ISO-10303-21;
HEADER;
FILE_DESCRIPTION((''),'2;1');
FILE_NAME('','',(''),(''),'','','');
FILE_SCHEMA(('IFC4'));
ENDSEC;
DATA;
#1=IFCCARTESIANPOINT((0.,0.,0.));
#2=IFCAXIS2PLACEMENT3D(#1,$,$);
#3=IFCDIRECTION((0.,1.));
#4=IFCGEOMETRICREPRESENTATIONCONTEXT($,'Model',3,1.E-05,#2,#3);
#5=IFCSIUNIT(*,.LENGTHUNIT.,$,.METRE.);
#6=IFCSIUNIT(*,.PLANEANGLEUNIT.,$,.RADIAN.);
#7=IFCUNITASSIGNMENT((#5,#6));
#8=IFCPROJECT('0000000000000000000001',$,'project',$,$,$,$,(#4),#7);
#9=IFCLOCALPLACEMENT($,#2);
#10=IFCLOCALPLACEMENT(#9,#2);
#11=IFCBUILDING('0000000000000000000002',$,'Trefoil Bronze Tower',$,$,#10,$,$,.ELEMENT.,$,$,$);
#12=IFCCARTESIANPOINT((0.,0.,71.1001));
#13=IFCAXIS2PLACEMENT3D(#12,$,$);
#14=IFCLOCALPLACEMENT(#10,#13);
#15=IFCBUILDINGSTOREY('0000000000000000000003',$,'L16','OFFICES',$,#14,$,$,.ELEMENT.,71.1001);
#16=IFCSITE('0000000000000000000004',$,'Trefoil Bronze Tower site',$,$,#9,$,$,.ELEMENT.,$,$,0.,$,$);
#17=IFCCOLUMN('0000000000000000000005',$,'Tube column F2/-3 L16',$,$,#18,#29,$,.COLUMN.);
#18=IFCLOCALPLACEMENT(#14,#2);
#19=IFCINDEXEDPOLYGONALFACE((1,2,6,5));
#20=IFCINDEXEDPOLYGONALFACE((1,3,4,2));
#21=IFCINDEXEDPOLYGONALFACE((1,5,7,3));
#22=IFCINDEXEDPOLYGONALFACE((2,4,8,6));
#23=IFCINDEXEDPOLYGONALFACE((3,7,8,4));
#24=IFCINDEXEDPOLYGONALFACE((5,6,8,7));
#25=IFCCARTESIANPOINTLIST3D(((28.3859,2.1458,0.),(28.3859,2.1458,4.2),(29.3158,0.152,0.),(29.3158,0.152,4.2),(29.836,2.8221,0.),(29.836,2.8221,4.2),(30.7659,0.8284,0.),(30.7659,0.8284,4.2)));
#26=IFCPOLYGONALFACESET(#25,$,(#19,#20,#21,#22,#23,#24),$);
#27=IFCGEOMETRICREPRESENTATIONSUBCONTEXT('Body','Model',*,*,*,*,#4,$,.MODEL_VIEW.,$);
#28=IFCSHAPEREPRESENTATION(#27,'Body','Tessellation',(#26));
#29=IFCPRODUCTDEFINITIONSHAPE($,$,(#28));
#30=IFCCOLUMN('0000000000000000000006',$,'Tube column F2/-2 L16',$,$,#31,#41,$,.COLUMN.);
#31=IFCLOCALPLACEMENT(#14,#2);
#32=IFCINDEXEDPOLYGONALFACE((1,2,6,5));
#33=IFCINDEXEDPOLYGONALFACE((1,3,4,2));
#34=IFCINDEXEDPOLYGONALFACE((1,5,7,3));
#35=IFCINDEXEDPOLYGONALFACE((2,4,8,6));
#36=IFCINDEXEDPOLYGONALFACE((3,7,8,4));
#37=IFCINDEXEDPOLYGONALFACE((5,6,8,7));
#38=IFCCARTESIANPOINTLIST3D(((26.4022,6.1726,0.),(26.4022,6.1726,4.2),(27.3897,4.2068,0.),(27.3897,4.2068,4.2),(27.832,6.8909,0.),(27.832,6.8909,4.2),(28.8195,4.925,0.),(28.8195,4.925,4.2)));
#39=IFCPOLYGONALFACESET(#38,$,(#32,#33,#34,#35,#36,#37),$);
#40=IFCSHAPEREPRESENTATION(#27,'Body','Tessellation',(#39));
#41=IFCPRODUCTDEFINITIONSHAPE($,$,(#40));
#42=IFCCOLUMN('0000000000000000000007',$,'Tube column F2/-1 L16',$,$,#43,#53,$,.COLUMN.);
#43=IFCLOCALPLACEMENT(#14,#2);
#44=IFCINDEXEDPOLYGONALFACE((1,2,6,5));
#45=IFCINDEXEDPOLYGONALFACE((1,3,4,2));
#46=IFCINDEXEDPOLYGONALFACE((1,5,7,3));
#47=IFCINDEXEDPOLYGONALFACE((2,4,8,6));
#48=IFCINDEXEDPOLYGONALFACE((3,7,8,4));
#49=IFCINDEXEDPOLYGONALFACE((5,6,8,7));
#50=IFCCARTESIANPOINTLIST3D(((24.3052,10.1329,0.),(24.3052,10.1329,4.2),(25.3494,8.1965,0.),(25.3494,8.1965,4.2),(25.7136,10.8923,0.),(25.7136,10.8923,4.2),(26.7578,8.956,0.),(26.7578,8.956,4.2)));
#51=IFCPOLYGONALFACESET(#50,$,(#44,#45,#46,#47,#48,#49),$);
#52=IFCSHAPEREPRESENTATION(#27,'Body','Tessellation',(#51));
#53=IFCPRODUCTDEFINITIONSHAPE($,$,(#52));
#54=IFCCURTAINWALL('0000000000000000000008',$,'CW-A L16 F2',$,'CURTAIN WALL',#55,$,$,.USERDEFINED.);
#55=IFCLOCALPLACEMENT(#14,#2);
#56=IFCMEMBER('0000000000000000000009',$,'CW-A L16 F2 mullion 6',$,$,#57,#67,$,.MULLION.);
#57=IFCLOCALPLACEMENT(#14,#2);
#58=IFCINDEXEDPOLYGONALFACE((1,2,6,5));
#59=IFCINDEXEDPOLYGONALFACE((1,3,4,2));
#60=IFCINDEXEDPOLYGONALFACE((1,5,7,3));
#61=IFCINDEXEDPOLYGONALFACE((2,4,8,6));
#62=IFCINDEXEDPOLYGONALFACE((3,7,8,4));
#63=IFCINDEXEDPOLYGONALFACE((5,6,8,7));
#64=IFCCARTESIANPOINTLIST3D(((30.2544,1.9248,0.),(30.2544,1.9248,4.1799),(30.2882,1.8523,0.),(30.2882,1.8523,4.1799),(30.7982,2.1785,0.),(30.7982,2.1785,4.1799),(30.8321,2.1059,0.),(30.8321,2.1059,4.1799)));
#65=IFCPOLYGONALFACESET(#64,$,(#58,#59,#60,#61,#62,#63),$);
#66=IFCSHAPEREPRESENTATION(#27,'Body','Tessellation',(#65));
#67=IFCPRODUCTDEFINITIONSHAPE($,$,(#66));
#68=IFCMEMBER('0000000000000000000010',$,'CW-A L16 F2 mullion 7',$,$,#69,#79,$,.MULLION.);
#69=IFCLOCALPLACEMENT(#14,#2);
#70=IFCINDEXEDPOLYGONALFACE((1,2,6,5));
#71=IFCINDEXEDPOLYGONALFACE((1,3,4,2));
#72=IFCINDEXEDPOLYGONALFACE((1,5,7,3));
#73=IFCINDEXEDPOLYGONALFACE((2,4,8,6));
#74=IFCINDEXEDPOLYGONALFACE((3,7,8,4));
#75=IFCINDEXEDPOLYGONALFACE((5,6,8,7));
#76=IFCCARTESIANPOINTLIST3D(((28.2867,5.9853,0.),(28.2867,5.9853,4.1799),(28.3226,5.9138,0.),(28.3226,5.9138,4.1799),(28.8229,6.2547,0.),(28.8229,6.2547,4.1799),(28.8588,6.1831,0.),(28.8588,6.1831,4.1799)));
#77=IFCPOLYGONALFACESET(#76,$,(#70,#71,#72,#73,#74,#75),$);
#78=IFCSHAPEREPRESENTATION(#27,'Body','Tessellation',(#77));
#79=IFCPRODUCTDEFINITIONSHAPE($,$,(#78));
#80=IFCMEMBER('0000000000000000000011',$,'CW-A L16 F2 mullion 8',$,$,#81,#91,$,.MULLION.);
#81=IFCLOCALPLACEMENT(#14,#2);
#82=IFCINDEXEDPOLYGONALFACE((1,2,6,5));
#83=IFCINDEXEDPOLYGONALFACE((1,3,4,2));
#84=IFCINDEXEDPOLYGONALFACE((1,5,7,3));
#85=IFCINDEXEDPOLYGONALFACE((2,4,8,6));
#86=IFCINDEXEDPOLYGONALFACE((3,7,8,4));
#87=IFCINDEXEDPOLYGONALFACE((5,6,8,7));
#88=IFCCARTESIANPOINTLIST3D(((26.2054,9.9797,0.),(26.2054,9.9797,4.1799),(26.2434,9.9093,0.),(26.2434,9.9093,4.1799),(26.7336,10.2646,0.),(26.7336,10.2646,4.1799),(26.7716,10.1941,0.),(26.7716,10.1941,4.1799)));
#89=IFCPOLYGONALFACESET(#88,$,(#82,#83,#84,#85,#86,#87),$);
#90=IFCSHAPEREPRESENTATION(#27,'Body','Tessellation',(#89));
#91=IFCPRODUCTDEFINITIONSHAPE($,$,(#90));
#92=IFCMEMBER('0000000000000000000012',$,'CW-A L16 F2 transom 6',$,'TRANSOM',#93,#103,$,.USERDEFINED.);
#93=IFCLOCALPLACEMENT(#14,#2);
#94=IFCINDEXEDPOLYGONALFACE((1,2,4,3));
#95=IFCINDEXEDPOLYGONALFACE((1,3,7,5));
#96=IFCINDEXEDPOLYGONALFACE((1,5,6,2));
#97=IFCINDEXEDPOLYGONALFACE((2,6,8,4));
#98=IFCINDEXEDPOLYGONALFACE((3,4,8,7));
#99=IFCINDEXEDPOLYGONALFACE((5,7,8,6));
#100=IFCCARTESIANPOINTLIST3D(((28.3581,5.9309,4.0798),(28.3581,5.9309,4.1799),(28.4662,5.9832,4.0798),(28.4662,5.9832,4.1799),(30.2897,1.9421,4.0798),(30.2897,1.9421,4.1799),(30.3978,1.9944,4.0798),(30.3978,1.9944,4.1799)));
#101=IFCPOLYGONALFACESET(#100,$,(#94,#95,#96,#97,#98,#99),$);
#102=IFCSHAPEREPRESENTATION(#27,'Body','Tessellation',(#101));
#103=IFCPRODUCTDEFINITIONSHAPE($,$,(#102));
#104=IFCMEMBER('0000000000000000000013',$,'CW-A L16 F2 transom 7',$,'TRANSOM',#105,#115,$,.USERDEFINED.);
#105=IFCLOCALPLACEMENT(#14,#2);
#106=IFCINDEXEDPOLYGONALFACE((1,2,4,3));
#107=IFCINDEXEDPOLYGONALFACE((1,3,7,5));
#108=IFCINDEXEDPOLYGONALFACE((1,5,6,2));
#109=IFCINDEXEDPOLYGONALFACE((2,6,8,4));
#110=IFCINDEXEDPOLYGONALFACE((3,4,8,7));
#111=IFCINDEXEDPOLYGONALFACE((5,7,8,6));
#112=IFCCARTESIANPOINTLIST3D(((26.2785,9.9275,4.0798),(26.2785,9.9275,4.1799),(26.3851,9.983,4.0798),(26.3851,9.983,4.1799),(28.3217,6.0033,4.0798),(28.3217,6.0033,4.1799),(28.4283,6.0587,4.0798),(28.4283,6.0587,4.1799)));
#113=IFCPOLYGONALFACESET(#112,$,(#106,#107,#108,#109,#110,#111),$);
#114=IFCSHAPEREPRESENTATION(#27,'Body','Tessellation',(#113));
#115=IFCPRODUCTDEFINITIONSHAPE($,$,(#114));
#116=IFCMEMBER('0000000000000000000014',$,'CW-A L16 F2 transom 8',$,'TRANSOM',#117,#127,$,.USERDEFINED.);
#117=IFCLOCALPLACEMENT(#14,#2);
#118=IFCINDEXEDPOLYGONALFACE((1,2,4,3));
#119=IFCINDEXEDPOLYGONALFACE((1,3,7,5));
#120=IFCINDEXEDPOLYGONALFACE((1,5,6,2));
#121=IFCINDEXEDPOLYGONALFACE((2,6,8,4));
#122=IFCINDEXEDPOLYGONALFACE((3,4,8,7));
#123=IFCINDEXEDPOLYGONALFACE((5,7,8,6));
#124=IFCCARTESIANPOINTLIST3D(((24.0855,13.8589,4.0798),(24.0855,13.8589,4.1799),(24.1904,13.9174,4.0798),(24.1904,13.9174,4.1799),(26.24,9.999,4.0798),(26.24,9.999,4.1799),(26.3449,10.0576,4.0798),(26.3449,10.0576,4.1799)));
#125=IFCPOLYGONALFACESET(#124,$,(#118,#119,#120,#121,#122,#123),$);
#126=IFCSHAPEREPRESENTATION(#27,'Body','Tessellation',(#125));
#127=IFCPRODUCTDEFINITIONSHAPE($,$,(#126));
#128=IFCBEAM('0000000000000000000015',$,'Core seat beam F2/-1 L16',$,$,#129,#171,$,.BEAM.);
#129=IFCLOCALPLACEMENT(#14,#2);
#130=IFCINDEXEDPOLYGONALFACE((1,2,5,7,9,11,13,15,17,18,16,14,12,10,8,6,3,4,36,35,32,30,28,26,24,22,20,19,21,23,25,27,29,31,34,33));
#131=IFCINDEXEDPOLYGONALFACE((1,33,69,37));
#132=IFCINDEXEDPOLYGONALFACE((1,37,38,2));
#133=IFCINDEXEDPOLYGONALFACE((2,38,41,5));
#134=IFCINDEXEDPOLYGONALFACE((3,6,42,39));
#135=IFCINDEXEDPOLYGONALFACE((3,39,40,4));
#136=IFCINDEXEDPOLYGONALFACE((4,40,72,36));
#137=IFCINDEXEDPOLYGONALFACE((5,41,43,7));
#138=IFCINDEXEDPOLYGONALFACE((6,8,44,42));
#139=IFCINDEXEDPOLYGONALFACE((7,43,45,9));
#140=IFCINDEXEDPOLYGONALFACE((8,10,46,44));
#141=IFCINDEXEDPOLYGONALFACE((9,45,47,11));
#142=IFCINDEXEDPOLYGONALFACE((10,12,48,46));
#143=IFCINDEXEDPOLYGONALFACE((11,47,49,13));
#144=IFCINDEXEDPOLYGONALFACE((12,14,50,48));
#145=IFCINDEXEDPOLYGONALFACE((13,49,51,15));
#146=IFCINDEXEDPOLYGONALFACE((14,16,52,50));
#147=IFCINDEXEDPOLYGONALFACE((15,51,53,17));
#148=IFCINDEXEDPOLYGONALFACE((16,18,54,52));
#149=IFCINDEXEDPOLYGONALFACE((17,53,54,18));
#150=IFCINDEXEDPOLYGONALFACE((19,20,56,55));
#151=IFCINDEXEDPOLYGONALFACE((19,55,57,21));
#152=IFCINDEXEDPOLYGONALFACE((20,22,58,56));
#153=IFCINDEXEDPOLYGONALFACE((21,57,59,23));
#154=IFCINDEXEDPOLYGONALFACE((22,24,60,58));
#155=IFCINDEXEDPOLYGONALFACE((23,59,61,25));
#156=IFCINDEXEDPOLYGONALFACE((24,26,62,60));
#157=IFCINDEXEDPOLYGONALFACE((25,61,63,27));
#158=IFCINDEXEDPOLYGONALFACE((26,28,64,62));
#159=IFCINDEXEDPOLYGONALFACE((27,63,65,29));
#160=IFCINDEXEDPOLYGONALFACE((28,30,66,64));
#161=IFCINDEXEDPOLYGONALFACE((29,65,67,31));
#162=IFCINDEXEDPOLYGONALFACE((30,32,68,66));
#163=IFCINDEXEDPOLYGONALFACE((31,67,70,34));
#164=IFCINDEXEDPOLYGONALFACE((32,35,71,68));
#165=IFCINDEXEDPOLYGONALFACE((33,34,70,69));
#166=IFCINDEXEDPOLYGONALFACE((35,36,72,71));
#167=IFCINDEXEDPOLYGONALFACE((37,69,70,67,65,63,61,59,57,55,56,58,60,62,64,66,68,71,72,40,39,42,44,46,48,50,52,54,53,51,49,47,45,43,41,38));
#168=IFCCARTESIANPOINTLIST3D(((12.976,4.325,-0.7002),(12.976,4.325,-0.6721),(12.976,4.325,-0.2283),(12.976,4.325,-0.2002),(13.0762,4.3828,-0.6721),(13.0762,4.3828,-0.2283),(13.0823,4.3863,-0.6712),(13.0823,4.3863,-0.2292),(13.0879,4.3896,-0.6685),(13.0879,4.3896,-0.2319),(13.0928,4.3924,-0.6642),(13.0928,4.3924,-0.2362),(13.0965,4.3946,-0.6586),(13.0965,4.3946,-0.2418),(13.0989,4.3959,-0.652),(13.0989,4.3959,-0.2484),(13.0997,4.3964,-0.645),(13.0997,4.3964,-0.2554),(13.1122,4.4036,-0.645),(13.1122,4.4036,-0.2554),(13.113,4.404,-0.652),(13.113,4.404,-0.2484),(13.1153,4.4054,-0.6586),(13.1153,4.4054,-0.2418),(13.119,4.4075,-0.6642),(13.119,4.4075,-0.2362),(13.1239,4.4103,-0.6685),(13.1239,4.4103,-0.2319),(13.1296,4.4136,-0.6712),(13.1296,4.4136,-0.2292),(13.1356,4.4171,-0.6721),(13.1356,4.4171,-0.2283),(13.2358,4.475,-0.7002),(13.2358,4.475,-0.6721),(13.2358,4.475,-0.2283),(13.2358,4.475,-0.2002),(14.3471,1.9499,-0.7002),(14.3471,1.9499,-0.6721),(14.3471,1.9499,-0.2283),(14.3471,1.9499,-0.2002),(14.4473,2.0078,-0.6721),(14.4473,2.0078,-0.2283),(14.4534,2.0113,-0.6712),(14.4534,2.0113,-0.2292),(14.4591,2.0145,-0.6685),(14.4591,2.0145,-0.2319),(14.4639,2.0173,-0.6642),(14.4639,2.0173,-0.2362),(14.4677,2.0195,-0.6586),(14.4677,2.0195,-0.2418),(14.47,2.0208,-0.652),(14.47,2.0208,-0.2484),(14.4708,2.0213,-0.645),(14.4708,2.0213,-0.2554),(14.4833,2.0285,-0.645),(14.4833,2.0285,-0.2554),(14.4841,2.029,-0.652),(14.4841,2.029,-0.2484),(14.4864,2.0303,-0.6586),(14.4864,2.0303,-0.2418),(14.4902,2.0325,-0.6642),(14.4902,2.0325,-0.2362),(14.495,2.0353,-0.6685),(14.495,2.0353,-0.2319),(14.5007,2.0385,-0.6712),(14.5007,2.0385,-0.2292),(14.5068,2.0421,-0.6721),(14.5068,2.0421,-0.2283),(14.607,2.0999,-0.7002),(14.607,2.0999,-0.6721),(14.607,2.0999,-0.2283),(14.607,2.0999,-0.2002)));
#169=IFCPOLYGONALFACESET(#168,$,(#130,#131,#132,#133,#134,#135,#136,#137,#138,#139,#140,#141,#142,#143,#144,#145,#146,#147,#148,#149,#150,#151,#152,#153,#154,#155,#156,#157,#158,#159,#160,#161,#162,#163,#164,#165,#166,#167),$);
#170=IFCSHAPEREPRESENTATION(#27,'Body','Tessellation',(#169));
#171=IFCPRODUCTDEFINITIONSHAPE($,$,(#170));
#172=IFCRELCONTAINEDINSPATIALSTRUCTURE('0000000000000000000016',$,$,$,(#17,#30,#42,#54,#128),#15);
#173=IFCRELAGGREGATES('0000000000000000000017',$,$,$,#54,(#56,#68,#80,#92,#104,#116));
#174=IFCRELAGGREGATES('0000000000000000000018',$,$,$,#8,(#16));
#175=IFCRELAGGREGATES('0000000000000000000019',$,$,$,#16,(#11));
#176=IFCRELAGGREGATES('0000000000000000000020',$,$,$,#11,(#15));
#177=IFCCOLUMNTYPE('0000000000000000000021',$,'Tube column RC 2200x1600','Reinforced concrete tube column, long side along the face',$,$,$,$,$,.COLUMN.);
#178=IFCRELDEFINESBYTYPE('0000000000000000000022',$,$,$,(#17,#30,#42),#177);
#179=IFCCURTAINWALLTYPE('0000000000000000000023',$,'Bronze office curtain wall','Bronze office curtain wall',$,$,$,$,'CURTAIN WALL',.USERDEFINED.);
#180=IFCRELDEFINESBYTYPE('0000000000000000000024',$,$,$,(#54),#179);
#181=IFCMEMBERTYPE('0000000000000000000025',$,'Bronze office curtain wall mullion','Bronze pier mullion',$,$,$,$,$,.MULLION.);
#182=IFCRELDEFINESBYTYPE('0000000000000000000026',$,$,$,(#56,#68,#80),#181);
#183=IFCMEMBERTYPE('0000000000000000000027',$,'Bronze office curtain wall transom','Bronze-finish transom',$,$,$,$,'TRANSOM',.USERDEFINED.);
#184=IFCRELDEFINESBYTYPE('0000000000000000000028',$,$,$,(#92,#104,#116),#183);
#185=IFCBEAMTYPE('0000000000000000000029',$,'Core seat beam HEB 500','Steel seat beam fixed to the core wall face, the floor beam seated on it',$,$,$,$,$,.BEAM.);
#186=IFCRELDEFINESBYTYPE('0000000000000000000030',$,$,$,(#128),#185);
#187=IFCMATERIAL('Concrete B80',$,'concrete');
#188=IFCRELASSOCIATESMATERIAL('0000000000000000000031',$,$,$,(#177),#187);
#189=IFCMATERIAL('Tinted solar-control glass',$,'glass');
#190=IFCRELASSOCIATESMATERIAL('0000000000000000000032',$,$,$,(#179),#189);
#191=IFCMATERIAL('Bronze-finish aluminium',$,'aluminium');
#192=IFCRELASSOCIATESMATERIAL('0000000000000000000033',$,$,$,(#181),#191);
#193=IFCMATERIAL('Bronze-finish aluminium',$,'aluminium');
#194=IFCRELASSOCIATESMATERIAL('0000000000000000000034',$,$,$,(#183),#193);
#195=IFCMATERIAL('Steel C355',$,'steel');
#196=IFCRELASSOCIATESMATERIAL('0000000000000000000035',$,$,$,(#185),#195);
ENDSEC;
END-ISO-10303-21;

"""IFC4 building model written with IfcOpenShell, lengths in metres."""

from ifc_helpers import new_model, si_unit, direction, frame, origin, origin_2d, place, context, subcontext, project, spatial, rectangle, i_section, extrude, material, material_profile, profile_set, type_object, element, aggregate, save


model = new_model("IFC4")

# Units and contexts
model_context = context("Model", 3, precision=1e-05, world=origin(), true_north=direction((0.0, 1.0)))
body_context = subcontext(model_context, "Body", "Model", "MODEL_VIEW")
ifc_project = project(units=[si_unit("LENGTHUNIT", "METRE"), si_unit("PLANEANGLEUNIT", "RADIAN")], contexts=[model_context])

# Site, building, storey
site_placement = place(None, origin())
site = spatial("IfcSite", under=ifc_project, at=site_placement, Name="Trefoil Bronze Tower site", CompositionType="ELEMENT", RefElevation=0.0)
building_placement = place(site_placement, origin())
building = spatial("IfcBuilding", under=site, at=building_placement, Name="Trefoil Bronze Tower", CompositionType="ELEMENT")
storey_placement = place(building_placement, frame((0.0, 0.0, 71.1001)))
storey = spatial("IfcBuildingStorey", under=building, at=storey_placement, Name="L16", Description="OFFICES", CompositionType="ELEMENT", Elevation=71.1001)

# Columns
ifc_material_1 = material(Name="Concrete B80", Category="concrete")
ifc_material_profile_1 = material_profile(ifc_material_1, rectangle(XDim=2.2, YDim=1.6001, at=origin_2d()), Name="RC 2200x1600")
ifc_profile_set_1 = profile_set([ifc_material_profile_1], Name="Concrete B80")
column_type = type_object("IfcColumnType", Name="Tube column RC 2200x1600", Description="Reinforced concrete tube column, long side along the face", PredefinedType="COLUMN", material=ifc_profile_set_1)
for number, where, z_axis, x_axis, name in (
    (1, (29.5759, 1.4871, 0.0), (0.0, 0.0, 1.0), (-0.422701, 0.906269, 0.0), "Tube column F2/-3 L16"),
    (2, (27.6108, 5.5488, 0.0), (0.0, 0.0, 1.0), (-0.44889, 0.893587, 0.0), "Tube column F2/-2 L16"),
    (3, (25.5315, 9.5444, 0.0), (0.0, 0.0, 1.0), (-0.474656, 0.880171, 0.0), "Tube column F2/-1 L16"),
):
    element("IfcColumn", number, at=place(storey_placement, frame(where, z_axis=z_axis, x_axis=x_axis)), inside=storey, type_object=column_type, Name=name, PredefinedType="COLUMN", context=body_context, shape_type="SweptSolid", body=[
        extrude(rectangle(XDim=2.2, YDim=1.6001, at=origin_2d()), origin(), (0.0, 0.0, 1.0), 4.2),
    ])

# Curtain wall, members
ifc_material_2 = material(Name="Tinted solar-control glass", Category="glass")
curtain_wall_type = type_object("IfcCurtainWallType", Name="Bronze office curtain wall", Description="Bronze office curtain wall", ElementType="CURTAIN WALL", PredefinedType="USERDEFINED", material=ifc_material_2)
curtain_wall_placement = place(storey_placement, origin())
curtain_wall = element("IfcCurtainWall", 4, at=curtain_wall_placement, inside=storey, type_object=curtain_wall_type, Name="CW-A L16 F2", ObjectType="CURTAIN WALL", PredefinedType="USERDEFINED")
ifc_material_3 = material(Name="Bronze-finish aluminium", Category="aluminium")
ifc_material_profile_2 = material_profile(ifc_material_3, rectangle(XDim=0.6001, YDim=0.0801, at=origin_2d()), Name="CW-A mullion")
ifc_profile_set_2 = profile_set([ifc_material_profile_2], Name="Bronze-finish aluminium")
member_type_1 = type_object("IfcMemberType", Name="Bronze office curtain wall mullion", Description="Bronze pier mullion", PredefinedType="MULLION", material=ifc_profile_set_2)
member_1_placement = place(storey_placement, frame((30.5432, 2.0154, 0.0), z_axis=(0.0, 0.0, 1.0), x_axis=(-0.906269, -0.422701, 0.0)))
member_1 = element("IfcMember", 5, at=member_1_placement, type_object=member_type_1, Name="CW-A L16 F2 mullion 6", PredefinedType="MULLION", context=body_context, shape_type="SweptSolid", body=[
    extrude(rectangle(XDim=0.6001, YDim=0.0801, at=origin_2d()), origin(), (0.0, 0.0, 1.0), 4.1799),
])
member_2_placement = place(storey_placement, frame((28.5728, 6.0842, 0.0), z_axis=(0.0, 0.0, 1.0), x_axis=(-0.893587, -0.44889, 0.0)))
member_2 = element("IfcMember", 6, at=member_2_placement, type_object=member_type_1, Name="CW-A L16 F2 mullion 7", PredefinedType="MULLION", context=body_context, shape_type="SweptSolid", body=[
    extrude(rectangle(XDim=0.6001, YDim=0.0801, at=origin_2d()), origin(), (0.0, 0.0, 1.0), 4.1799),
])
member_3_placement = place(storey_placement, frame((26.4885, 10.0869, 0.0), z_axis=(0.0, 0.0, 1.0), x_axis=(-0.880171, -0.474656, 0.0)))
member_3 = element("IfcMember", 7, at=member_3_placement, type_object=member_type_1, Name="CW-A L16 F2 mullion 8", PredefinedType="MULLION", context=body_context, shape_type="SweptSolid", body=[
    extrude(rectangle(XDim=0.6001, YDim=0.0801, at=origin_2d()), origin(), (0.0, 0.0, 1.0), 4.1799),
])
ifc_material_4 = material(Name="Bronze-finish aluminium", Category="aluminium")
ifc_material_profile_3 = material_profile(ifc_material_4, rectangle(XDim=0.1201, YDim=0.1001, at=origin_2d()), Name="CW-A transom")
ifc_profile_set_3 = profile_set([ifc_material_profile_3], Name="Bronze-finish aluminium")
member_type_2 = type_object("IfcMemberType", Name="Bronze office curtain wall transom", Description="Bronze-finish transom", ElementType="TRANSOM", PredefinedType="USERDEFINED", material=ifc_profile_set_3)
member_4_placement = place(storey_placement, frame((30.3438, 1.9683, 4.1299), z_axis=(-0.435852, 0.900018, 0.0), x_axis=(-0.900018, -0.435852, 0.0)))
member_4 = element("IfcMember", 8, at=member_4_placement, type_object=member_type_2, Name="CW-A L16 F2 transom 6", ObjectType="TRANSOM", PredefinedType="USERDEFINED", context=body_context, shape_type="SweptSolid", body=[
    extrude(rectangle(XDim=0.1201, YDim=0.1001, at=origin_2d()), origin(), (0.0, 0.0, 1.0), 4.4319),
])
member_5_placement = place(storey_placement, frame((28.375, 6.031, 4.1299), z_axis=(-0.46181, 0.886979, 0.0), x_axis=(-0.886979, -0.46181, 0.0)))
member_5 = element("IfcMember", 9, at=member_5_placement, type_object=member_type_2, Name="CW-A L16 F2 transom 7", ObjectType="TRANSOM", PredefinedType="USERDEFINED", context=body_context, shape_type="SweptSolid", body=[
    extrude(rectangle(XDim=0.1201, YDim=0.1001, at=origin_2d()), origin(), (0.0, 0.0, 1.0), 4.4243),
])
member_6_placement = place(storey_placement, frame((26.2925, 10.0283, 4.1299), z_axis=(-0.4874, 0.873179, 0.0), x_axis=(-0.873179, -0.4874, 0.0)))
member_6 = element("IfcMember", 10, at=member_6_placement, type_object=member_type_2, Name="CW-A L16 F2 transom 8", ObjectType="TRANSOM", PredefinedType="USERDEFINED", context=body_context, shape_type="SweptSolid", body=[
    extrude(rectangle(XDim=0.1201, YDim=0.1001, at=origin_2d()), origin(), (0.0, 0.0, 1.0), 4.4204),
])

# Beam
ifc_material_5 = material(Name="Steel C355", Category="steel")
ifc_material_profile_4 = material_profile(ifc_material_5, i_section(OverallWidth=0.3, OverallDepth=0.5, WebThickness=0.0144, FlangeThickness=0.0281, FilletRadius=0.0271, at=origin_2d()), Name="HEB 500")
ifc_profile_set_4 = profile_set([ifc_material_profile_4], Name="Steel C355")
beam_type_1 = type_object("IfcBeamType", Name="Core seat beam HEB 500", Description="Steel seat beam fixed to the core wall face, the floor beam seated on it", PredefinedType="BEAM", material=ifc_profile_set_4)
for number, where, z_axis, x_axis, name in (
    (11, (14.4771, 2.0249, -0.4502), (-0.499969, 0.866043, 0.0), (-0.866043, -0.499969, 0.0), "Core seat beam F2/-1 L16"),
):
    element("IfcBeam", number, at=place(storey_placement, frame(where, z_axis=z_axis, x_axis=x_axis)), inside=storey, type_object=beam_type_1, Name=name, PredefinedType="BEAM", context=body_context, shape_type="SweptSolid", body=[
        extrude(i_section(OverallWidth=0.3, OverallDepth=0.5, WebThickness=0.0144, FlangeThickness=0.0281, FilletRadius=0.0271, at=origin_2d()), origin(), (0.0, 0.0, 1.0), 2.7424),
    ])

aggregate(curtain_wall, [member_1, member_2, member_3, member_4, member_5, member_6])

save(model, "model.ifc")
